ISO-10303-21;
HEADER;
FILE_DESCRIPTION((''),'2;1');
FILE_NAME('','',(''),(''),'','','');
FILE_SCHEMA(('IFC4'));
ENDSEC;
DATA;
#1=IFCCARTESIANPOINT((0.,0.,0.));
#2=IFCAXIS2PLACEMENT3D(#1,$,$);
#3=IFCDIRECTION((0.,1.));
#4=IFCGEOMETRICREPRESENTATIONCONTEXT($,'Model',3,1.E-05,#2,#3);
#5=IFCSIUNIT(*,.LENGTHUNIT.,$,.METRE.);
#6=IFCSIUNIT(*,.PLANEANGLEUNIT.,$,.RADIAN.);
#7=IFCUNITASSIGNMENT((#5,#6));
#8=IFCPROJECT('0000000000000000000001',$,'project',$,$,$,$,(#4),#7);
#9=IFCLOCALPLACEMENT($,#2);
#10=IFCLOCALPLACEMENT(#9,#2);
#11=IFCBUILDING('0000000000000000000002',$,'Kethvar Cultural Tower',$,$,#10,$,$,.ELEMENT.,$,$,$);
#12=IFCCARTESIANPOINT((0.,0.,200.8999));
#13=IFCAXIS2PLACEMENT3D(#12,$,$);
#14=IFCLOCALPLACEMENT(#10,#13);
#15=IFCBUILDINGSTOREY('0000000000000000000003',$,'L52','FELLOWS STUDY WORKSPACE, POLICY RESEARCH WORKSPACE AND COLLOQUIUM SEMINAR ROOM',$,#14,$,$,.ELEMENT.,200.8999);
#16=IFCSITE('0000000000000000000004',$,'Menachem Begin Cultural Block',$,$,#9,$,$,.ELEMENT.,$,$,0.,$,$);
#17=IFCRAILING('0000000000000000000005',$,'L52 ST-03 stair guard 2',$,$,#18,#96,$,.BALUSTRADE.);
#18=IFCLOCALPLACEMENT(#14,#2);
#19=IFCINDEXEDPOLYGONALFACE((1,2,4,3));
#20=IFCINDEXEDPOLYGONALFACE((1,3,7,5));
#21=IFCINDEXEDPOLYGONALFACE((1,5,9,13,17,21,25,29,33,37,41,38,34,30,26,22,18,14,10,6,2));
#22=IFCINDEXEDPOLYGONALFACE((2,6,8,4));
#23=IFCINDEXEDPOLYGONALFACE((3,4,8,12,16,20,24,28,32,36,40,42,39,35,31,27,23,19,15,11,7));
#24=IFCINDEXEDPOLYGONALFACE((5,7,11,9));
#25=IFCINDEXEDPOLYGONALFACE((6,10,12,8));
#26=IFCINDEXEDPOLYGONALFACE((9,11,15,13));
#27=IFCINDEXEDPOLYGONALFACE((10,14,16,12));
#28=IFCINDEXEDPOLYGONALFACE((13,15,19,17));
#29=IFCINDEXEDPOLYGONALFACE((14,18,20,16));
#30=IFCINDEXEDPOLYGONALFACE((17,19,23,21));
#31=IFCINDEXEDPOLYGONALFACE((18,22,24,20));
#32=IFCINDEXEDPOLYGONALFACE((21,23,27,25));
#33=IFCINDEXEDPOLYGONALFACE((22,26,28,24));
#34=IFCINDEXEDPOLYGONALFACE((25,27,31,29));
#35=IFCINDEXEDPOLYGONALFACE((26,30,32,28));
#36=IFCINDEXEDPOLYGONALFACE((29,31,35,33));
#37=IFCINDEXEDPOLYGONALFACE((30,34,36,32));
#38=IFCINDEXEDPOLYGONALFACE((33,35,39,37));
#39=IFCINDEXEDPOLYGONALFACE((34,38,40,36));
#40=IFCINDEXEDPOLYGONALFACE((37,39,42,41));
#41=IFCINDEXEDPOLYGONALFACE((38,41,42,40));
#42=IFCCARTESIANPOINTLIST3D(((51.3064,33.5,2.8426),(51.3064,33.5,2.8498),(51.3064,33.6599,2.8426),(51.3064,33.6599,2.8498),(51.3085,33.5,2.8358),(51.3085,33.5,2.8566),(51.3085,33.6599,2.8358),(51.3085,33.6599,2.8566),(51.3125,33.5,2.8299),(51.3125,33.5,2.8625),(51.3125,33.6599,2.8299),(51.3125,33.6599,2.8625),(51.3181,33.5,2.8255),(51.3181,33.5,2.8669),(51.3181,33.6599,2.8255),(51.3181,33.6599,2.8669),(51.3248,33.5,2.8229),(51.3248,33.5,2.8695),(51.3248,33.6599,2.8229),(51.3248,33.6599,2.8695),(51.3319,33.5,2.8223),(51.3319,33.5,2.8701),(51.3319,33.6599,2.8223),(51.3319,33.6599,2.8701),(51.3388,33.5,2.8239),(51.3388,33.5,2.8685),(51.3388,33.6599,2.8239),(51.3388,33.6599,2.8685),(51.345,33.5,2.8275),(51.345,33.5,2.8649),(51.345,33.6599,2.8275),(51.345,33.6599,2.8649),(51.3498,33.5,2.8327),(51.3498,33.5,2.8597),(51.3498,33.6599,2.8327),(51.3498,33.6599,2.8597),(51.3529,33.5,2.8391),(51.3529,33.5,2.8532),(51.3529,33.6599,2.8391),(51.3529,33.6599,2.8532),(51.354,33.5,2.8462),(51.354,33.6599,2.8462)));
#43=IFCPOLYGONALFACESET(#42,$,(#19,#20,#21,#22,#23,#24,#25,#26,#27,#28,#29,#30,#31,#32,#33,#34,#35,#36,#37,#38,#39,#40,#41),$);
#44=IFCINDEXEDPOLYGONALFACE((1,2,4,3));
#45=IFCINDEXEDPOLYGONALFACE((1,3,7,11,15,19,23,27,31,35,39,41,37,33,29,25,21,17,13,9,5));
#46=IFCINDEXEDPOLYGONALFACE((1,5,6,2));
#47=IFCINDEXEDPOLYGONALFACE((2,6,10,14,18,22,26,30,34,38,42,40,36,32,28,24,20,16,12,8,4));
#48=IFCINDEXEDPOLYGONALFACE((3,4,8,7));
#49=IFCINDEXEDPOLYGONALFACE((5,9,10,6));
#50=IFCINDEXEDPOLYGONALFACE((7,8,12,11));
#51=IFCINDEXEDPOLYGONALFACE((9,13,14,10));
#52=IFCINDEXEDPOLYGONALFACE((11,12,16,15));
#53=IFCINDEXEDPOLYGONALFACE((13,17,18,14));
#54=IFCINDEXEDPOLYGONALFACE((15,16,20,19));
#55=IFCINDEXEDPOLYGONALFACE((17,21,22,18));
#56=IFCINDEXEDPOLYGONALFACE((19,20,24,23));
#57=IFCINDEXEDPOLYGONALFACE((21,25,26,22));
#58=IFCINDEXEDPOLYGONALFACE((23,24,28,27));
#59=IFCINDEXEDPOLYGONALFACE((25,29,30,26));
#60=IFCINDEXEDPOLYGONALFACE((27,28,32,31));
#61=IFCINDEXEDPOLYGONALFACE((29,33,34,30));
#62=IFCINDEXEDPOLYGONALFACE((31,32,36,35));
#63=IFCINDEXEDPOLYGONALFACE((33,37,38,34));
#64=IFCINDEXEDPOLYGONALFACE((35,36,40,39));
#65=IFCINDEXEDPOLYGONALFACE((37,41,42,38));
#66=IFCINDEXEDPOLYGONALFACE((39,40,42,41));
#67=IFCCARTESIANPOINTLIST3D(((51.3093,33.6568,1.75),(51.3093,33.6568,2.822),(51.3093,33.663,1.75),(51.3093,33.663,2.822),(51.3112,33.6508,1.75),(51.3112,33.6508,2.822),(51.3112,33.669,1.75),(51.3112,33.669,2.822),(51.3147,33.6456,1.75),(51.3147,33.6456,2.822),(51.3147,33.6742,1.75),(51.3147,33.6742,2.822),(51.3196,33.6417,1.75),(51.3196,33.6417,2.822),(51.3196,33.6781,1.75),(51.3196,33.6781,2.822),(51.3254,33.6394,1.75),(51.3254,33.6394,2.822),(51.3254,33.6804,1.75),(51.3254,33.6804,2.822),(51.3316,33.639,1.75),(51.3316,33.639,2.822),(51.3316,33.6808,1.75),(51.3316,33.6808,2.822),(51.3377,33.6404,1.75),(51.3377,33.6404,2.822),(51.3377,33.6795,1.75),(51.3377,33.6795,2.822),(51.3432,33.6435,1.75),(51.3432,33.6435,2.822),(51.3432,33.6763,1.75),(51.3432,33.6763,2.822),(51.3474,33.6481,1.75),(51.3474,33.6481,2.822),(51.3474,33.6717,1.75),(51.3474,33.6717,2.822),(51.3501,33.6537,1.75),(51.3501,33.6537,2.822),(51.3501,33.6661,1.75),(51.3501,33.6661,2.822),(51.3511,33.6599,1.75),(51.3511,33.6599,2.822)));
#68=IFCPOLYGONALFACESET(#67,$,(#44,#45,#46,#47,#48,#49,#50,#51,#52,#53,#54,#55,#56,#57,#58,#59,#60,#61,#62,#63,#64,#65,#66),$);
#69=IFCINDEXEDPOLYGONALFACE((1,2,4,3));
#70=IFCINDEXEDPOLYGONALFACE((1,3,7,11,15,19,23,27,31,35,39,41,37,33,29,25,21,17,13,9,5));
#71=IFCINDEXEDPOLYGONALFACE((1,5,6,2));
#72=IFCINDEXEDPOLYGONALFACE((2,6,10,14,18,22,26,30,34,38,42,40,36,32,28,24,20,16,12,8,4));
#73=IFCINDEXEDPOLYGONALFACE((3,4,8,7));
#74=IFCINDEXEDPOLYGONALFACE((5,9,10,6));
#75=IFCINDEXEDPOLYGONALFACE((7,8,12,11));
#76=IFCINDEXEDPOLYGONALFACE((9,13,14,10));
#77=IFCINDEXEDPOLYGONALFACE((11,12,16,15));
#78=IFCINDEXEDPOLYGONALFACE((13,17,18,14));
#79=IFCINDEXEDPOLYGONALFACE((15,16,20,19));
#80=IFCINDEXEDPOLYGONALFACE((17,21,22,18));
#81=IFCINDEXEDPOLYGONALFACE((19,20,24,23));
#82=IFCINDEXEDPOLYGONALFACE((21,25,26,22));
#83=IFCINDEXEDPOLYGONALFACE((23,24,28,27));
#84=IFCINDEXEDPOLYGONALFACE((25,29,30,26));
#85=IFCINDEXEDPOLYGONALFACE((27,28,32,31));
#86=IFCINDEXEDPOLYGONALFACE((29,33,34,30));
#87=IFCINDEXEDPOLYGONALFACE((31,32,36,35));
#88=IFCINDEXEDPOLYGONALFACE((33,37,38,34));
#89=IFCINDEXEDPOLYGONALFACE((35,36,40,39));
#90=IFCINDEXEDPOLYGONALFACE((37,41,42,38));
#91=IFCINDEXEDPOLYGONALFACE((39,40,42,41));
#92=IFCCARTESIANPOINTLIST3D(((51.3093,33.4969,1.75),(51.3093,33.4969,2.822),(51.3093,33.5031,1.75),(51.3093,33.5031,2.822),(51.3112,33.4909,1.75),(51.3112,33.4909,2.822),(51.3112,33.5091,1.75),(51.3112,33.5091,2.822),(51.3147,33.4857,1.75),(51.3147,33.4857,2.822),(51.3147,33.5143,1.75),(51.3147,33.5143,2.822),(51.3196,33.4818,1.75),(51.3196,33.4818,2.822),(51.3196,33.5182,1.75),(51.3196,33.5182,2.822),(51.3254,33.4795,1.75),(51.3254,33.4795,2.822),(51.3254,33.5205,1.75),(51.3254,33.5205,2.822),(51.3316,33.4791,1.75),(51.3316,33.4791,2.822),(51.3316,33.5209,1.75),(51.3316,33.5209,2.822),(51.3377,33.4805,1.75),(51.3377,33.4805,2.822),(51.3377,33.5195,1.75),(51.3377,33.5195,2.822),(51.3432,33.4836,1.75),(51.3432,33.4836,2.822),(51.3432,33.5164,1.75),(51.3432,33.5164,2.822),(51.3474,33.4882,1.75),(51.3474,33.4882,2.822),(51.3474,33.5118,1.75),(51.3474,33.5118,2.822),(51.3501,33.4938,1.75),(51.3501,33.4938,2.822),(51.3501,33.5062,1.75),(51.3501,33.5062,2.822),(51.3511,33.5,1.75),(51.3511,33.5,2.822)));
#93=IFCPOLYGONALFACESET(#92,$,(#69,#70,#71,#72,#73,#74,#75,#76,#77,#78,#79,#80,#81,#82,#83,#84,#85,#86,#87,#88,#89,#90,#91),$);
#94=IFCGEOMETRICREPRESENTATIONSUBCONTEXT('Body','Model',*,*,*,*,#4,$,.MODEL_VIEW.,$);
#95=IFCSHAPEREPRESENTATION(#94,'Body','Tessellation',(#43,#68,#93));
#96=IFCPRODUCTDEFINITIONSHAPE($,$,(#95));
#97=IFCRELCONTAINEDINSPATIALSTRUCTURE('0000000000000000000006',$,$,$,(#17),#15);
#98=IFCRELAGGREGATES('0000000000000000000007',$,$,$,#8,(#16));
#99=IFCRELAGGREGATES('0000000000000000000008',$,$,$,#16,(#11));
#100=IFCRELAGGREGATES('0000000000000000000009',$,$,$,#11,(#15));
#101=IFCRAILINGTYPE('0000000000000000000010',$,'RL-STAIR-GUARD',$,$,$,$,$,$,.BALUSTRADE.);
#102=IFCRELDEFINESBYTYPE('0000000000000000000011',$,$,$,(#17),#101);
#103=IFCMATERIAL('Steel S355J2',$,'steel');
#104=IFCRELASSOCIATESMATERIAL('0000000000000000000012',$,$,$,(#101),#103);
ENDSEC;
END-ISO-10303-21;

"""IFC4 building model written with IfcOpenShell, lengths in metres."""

from ifc_helpers import new_model, si_unit, direction, frame, origin, origin_2d, place, context, subcontext, project, spatial, circle, extrude, material, type_object, element, save


model = new_model("IFC4")

# Units and contexts
model_context = context("Model", 3, precision=1e-05, world=origin(), true_north=direction((0.0, 1.0)))
body_context = subcontext(model_context, "Body", "Model", "MODEL_VIEW")
ifc_project = project(units=[si_unit("LENGTHUNIT", "METRE"), si_unit("PLANEANGLEUNIT", "RADIAN")], contexts=[model_context])

# Site, building, storey
site_placement = place(None, origin())
site = spatial("IfcSite", under=ifc_project, at=site_placement, Name="Menachem Begin Cultural Block", CompositionType="ELEMENT", RefElevation=0.0)
building_placement = place(site_placement, origin())
building = spatial("IfcBuilding", under=site, at=building_placement, Name="Kethvar Cultural Tower", CompositionType="ELEMENT")
storey_placement = place(building_placement, frame((0.0, 0.0, 200.8999)))
storey = spatial("IfcBuildingStorey", under=building, at=storey_placement, Name="L52", Description="FELLOWS STUDY WORKSPACE, POLICY RESEARCH WORKSPACE AND COLLOQUIUM SEMINAR ROOM", CompositionType="ELEMENT", Elevation=200.8999)

# Shared definitions
ifc_material_1 = material(Name="Steel S355J2", Category="steel")

# Railing
railing_type_1 = type_object("IfcRailingType", Name="RL-STAIR-GUARD", PredefinedType="BALUSTRADE", material=ifc_material_1)
railing_1_placement = place(storey_placement, frame((51.3301, 33.6599, 1.75)))
element("IfcRailing", 1, at=railing_1_placement, inside=storey, type_object=railing_type_1, Name="L52 ST-03 stair guard 2", PredefinedType="BALUSTRADE", context=body_context, shape_type="SweptSolid", body=[
    extrude(circle(Radius=0.0239, at=origin_2d()), frame((0.0, 0.0, 1.0962), z_axis=(0.0, -1.0, 0.0), x_axis=(1.0, 0.0, 0.0)), (0.0, 0.0, 1.0), 0.1599),
    extrude(circle(Radius=0.021, at=origin_2d()), origin(), (0.0, 0.0, 1.0), 1.072),
    extrude(circle(Radius=0.021, at=origin_2d()), frame((0.0, -0.1599, 0.0)), (0.0, 0.0, 1.0), 1.072),
])

save(model, "model.ifc")
